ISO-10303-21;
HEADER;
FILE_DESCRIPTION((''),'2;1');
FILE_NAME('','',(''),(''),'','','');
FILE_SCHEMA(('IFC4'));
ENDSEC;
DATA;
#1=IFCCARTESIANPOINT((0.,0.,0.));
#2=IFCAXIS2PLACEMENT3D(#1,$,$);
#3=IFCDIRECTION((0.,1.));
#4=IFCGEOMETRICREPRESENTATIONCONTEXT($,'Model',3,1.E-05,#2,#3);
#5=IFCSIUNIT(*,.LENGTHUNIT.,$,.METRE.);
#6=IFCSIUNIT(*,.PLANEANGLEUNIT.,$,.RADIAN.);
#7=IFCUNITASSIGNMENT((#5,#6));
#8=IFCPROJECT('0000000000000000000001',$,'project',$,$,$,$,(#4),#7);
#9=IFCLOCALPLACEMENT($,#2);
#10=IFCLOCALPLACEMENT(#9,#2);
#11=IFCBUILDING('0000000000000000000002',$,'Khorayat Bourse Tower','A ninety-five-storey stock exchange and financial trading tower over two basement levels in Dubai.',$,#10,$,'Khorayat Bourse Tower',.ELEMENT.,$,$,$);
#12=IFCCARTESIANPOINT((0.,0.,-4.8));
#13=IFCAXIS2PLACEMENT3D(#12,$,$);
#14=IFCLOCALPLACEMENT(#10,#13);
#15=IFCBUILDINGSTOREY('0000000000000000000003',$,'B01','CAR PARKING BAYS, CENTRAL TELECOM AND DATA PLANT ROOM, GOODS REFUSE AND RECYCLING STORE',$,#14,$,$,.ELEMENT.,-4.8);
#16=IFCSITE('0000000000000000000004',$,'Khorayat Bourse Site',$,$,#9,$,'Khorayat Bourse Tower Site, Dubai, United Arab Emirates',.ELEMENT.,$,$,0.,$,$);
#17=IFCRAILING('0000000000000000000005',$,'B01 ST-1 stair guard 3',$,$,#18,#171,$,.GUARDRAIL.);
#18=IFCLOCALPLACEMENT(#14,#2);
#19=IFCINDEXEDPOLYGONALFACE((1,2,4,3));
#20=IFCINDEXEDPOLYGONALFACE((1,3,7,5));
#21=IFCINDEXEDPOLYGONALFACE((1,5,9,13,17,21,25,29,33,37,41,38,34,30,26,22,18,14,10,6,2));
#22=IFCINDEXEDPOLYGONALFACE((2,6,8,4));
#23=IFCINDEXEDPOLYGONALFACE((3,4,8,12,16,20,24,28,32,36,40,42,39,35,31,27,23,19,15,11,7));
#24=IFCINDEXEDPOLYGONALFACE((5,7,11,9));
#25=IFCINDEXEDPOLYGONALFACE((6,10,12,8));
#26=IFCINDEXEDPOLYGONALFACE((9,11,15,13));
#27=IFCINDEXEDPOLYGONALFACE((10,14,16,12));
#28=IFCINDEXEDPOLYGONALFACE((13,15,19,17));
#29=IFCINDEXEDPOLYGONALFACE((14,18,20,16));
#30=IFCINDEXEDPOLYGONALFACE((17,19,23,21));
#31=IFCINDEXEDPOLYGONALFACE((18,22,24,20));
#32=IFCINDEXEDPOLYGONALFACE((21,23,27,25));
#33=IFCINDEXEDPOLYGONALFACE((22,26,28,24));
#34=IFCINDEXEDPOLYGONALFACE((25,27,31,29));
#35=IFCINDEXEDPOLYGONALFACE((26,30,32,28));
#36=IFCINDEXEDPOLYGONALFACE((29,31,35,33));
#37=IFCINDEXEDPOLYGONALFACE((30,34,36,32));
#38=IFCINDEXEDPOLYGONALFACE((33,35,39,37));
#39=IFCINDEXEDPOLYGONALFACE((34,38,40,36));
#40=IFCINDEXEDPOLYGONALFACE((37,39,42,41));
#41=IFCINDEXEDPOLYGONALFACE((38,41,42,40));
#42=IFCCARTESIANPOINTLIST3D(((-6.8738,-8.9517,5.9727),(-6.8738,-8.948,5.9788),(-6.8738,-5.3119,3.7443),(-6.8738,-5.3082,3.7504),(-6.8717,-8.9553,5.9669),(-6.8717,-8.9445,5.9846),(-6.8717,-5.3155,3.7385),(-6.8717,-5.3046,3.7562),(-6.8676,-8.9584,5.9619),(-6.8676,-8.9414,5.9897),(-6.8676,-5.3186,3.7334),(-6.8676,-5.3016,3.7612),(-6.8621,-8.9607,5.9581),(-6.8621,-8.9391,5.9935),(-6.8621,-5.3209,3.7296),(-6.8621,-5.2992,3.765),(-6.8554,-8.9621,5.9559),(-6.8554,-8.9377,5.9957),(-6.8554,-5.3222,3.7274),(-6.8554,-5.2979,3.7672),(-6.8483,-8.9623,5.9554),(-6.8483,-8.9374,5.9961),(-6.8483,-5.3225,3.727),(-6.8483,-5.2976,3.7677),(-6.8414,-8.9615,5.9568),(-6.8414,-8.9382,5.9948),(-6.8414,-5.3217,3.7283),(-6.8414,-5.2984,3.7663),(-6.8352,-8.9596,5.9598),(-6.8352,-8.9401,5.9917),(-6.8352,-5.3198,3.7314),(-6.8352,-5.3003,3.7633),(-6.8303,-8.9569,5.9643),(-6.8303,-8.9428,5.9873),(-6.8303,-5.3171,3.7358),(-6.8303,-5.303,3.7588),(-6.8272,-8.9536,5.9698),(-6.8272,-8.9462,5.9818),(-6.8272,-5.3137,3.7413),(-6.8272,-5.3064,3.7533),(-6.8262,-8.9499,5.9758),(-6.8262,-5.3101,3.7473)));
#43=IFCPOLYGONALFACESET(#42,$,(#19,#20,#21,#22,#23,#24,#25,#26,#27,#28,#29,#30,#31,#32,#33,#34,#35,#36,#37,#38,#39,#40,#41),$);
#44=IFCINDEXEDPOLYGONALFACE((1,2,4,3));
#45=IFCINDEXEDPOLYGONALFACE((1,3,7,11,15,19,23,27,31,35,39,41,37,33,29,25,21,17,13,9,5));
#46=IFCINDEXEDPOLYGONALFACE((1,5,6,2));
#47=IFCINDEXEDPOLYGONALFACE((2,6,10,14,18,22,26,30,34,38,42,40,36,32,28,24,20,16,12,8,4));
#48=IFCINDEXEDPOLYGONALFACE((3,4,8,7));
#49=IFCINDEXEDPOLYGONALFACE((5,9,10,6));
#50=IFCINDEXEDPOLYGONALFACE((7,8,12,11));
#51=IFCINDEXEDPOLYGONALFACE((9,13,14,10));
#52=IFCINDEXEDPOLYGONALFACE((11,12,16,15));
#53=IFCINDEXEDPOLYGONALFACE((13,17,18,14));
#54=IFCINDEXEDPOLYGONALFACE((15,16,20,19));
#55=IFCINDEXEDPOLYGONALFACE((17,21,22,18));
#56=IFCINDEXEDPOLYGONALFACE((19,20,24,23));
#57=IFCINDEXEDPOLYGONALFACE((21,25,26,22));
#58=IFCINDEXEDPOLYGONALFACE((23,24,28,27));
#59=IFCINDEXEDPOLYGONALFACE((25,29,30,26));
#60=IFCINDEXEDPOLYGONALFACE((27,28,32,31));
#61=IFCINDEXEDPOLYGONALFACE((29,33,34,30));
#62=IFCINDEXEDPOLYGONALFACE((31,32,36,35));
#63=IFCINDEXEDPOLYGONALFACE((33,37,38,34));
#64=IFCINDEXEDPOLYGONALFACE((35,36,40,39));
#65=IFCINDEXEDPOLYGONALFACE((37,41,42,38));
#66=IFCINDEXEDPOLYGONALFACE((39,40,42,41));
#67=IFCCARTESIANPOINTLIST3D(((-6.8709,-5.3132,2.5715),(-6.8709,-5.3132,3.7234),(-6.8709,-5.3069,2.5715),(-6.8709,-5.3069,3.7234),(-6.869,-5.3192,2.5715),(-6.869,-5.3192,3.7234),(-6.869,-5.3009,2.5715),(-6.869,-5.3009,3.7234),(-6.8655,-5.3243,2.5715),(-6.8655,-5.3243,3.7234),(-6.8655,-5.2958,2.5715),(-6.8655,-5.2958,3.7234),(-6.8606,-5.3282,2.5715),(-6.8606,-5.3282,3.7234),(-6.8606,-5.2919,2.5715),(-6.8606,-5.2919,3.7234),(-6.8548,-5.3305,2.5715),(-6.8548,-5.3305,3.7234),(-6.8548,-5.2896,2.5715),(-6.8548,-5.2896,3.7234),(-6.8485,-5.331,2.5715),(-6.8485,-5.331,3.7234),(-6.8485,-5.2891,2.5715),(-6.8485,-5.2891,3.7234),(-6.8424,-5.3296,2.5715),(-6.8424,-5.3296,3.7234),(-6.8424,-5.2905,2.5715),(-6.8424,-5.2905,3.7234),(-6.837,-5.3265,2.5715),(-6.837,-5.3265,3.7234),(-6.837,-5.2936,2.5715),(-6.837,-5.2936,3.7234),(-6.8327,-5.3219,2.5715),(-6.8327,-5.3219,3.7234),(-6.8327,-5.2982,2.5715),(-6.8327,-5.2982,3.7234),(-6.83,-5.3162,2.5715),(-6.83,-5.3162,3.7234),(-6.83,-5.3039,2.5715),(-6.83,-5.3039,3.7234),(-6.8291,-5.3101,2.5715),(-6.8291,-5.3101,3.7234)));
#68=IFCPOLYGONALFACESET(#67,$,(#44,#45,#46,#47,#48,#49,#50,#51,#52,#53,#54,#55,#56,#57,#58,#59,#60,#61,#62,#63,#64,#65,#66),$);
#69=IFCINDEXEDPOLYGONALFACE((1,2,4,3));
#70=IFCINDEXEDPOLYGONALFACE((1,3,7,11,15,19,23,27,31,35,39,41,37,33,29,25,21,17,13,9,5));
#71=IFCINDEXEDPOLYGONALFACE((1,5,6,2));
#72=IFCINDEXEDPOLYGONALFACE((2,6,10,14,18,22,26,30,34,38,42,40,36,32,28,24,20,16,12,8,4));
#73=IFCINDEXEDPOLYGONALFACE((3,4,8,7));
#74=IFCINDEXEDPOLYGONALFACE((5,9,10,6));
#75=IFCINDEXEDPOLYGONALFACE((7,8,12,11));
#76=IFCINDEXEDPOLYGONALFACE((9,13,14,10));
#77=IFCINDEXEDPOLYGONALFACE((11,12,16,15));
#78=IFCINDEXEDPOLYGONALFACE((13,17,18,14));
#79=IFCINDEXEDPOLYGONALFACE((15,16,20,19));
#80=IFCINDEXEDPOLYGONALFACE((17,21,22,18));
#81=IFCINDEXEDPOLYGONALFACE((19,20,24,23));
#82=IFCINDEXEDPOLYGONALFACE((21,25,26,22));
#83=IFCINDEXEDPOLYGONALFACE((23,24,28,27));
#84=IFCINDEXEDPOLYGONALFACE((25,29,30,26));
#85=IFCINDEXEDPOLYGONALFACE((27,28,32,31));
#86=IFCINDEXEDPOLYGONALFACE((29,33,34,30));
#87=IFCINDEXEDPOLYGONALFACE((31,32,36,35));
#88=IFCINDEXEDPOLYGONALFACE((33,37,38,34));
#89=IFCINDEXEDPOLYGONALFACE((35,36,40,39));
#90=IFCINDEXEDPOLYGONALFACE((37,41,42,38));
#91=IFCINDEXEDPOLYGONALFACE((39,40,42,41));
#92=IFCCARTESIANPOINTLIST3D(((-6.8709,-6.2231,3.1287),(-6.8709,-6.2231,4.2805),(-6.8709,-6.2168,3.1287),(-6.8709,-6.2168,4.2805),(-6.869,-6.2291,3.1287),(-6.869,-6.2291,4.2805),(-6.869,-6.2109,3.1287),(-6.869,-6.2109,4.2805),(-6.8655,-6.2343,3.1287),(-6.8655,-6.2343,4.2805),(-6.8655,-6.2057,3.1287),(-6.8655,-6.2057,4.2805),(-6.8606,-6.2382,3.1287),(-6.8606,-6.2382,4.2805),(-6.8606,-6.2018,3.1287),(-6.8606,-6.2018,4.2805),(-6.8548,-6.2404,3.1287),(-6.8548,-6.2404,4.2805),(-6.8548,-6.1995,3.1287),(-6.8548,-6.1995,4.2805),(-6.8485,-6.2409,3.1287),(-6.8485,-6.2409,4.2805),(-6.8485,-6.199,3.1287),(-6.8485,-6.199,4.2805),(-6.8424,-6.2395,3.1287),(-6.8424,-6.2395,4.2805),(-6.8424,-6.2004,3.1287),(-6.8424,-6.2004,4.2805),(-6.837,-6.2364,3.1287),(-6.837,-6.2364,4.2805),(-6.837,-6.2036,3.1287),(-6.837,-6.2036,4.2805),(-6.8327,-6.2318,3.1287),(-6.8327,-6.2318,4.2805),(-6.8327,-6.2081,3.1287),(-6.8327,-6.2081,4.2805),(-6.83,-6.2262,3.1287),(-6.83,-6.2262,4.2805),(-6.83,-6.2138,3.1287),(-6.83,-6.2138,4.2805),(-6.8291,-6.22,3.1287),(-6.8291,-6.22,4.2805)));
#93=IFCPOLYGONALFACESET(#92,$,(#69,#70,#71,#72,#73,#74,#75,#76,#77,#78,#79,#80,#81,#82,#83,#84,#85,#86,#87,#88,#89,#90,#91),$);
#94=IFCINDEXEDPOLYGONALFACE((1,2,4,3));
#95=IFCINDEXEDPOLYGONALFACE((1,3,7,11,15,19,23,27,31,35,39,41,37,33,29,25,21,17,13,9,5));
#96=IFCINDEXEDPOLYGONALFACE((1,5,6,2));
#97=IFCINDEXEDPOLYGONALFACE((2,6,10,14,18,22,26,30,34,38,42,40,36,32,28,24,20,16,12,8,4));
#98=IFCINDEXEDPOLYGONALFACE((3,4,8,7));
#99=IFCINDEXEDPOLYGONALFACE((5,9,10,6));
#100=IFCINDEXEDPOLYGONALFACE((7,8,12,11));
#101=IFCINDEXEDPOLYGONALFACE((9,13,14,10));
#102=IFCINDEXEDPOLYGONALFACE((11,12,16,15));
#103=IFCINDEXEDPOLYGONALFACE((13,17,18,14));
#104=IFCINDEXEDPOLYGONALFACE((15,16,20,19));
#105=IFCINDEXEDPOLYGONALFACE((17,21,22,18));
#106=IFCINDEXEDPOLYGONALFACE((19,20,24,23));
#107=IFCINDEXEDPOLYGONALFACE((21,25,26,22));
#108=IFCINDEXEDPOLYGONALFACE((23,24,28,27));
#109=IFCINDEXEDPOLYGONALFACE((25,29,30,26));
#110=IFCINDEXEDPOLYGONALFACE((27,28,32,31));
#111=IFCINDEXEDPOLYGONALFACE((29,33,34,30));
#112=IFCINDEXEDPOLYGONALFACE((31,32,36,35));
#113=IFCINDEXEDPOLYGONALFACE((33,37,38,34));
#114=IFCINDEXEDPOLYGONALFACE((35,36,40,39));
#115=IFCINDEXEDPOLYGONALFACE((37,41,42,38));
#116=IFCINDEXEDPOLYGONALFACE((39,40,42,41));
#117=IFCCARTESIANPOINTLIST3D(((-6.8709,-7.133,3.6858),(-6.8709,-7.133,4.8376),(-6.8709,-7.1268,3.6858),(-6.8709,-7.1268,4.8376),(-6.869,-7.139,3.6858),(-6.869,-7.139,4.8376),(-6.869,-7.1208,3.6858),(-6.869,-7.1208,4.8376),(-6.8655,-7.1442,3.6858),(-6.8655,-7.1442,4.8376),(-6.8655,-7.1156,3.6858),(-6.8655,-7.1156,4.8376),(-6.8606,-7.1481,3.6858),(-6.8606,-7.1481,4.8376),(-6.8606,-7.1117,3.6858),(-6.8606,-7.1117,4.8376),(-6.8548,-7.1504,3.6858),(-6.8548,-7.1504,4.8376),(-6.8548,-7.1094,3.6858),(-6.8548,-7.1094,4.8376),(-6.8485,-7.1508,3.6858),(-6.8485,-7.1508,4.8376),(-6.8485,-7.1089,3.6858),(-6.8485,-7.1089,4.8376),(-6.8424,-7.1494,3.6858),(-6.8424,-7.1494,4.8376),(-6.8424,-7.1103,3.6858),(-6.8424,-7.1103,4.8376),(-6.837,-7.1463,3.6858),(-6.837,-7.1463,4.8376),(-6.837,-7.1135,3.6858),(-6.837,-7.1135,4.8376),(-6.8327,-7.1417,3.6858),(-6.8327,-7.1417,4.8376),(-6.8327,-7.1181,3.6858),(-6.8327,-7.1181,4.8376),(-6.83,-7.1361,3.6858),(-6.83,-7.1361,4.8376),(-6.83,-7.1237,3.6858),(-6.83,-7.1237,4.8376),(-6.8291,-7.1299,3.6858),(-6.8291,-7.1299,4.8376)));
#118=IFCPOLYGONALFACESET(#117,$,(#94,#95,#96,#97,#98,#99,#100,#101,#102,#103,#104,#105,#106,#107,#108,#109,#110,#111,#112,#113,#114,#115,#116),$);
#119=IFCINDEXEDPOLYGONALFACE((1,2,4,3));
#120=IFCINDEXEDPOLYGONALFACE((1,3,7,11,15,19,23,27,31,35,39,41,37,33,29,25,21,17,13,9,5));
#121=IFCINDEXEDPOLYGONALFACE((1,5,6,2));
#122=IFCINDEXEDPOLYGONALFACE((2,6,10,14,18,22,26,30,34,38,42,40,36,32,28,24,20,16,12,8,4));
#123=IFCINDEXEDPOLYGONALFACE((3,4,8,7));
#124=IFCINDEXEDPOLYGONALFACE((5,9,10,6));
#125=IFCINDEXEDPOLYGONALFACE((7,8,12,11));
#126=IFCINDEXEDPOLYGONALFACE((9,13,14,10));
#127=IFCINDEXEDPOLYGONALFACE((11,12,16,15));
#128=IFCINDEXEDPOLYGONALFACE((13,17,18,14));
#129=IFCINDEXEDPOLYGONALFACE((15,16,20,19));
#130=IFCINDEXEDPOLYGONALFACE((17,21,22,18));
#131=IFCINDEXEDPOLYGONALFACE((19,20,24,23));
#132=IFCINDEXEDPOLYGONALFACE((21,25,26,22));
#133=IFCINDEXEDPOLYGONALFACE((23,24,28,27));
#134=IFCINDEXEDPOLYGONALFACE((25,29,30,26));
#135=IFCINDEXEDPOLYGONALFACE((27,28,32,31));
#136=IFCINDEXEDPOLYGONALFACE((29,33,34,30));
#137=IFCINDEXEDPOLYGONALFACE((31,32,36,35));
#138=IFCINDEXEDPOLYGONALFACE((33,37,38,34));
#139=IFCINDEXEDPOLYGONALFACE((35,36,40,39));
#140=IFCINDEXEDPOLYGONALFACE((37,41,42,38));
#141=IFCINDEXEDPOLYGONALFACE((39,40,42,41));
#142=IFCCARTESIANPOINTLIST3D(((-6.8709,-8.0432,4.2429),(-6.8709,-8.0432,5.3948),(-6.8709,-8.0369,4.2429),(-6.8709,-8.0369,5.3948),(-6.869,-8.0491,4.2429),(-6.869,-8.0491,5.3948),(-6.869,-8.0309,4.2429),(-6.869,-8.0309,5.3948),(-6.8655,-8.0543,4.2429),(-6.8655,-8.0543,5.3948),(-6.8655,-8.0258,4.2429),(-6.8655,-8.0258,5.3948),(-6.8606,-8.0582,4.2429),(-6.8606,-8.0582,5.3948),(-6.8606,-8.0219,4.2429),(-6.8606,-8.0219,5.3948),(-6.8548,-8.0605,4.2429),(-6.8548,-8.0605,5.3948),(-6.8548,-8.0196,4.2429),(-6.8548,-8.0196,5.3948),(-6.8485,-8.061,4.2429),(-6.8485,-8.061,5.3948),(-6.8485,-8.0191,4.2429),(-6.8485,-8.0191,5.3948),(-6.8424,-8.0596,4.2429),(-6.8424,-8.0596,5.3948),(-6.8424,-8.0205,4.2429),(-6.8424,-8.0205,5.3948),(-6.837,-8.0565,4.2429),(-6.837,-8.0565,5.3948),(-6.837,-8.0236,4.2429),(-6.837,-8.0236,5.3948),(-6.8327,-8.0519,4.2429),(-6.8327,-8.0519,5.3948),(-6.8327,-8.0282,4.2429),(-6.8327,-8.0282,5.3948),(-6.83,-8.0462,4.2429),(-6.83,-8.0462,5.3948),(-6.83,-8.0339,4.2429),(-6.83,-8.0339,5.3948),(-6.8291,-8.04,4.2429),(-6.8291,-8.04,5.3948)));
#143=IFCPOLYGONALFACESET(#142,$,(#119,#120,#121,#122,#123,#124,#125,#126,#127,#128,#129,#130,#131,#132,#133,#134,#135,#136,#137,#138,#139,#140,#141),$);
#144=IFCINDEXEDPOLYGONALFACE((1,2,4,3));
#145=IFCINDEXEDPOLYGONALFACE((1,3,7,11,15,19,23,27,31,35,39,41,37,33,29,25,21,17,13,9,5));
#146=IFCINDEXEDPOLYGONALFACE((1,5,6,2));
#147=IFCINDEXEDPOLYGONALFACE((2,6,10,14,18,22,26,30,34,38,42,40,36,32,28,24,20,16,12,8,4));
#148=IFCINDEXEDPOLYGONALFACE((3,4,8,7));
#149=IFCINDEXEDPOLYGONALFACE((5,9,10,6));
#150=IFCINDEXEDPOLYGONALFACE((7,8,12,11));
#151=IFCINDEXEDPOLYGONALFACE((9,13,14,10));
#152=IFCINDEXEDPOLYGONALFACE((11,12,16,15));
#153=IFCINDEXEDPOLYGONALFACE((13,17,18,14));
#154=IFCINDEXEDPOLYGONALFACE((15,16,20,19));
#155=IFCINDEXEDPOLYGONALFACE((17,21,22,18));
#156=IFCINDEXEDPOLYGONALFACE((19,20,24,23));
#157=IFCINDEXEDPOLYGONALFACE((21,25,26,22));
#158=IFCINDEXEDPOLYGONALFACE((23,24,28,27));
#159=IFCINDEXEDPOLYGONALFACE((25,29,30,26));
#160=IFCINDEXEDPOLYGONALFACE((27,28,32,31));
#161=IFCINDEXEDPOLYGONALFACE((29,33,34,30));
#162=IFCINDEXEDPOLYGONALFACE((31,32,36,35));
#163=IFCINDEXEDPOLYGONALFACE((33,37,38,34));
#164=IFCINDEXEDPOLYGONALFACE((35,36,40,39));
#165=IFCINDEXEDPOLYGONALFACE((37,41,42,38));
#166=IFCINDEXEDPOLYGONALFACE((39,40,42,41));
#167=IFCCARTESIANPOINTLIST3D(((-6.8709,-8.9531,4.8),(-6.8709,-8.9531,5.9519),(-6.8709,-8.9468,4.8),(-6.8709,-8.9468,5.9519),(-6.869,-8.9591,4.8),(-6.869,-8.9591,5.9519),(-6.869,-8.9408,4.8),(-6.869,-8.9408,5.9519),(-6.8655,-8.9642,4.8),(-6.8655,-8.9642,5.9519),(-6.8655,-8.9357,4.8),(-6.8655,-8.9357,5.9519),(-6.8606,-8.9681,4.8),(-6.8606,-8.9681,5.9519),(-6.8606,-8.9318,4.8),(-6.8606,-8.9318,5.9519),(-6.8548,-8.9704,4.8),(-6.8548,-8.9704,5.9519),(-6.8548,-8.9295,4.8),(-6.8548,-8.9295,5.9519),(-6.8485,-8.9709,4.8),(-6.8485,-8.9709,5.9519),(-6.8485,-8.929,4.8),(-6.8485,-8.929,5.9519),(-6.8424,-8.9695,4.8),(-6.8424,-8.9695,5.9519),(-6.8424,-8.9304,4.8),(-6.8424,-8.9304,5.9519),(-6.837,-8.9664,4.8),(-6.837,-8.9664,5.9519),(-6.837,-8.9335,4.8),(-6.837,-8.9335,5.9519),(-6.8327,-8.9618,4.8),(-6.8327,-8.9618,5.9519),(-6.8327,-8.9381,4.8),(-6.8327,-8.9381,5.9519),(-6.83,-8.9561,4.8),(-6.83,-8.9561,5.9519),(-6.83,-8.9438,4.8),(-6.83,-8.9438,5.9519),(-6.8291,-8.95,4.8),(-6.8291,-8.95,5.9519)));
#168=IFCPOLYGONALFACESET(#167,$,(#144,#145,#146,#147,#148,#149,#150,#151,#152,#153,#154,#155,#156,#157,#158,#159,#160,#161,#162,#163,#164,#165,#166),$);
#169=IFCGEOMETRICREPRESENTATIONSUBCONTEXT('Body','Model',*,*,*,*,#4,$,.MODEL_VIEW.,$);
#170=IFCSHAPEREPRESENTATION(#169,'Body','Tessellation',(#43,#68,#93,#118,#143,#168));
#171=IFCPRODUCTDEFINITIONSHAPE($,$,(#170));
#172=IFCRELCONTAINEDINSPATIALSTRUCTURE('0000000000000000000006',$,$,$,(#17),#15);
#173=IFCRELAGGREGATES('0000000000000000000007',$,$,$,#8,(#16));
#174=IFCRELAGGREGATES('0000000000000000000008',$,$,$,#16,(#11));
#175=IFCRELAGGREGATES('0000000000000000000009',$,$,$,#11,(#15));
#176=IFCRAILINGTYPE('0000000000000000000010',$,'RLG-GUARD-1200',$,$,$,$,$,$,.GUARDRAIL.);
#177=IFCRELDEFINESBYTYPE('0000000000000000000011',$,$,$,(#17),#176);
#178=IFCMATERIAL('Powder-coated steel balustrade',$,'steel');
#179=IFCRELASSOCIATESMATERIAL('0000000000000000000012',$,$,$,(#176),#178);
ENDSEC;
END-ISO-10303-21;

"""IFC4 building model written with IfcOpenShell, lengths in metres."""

from ifc_helpers import new_model, si_unit, direction, frame, origin, origin_2d, place, context, subcontext, project, spatial, circle, extrude, source, transform, mapped, material, type_object, element, save


model = new_model("IFC4")

# Units and contexts
model_context = context("Model", 3, precision=1e-05, world=origin(), true_north=direction((0.0, 1.0)))
body_context = subcontext(model_context, "Body", "Model", "MODEL_VIEW")
ifc_project = project(units=[si_unit("LENGTHUNIT", "METRE"), si_unit("PLANEANGLEUNIT", "RADIAN")], contexts=[model_context])

# Site, building, storey
site_placement = place(None, origin())
site = spatial("IfcSite", under=ifc_project, at=site_placement, Name="Khorayat Bourse Site", LongName="Khorayat Bourse Tower Site, Dubai, United Arab Emirates", CompositionType="ELEMENT", RefElevation=0.0)
building_placement = place(site_placement, origin())
building = spatial("IfcBuilding", under=site, at=building_placement, Name="Khorayat Bourse Tower", Description="A ninety-five-storey stock exchange and financial trading tower over two basement levels in Dubai.", LongName="Khorayat Bourse Tower", CompositionType="ELEMENT")
storey_placement = place(building_placement, frame((0.0, 0.0, -4.8)))
storey = spatial("IfcBuildingStorey", under=building, at=storey_placement, Name="B01", Description="CAR PARKING BAYS, CENTRAL TELECOM AND DATA PLANT ROOM, GOODS REFUSE AND RECYCLING STORE", CompositionType="ELEMENT", Elevation=-4.8)

# Railing
ifc_material_1 = material(Name="Powder-coated steel balustrade", Category="steel")
railing_type_1 = type_object("IfcRailingType", Name="RLG-GUARD-1200", PredefinedType="GUARDRAIL", material=ifc_material_1)
shared_shape_1 = source(origin(), body_context, "Body", "SweptSolid", [
    extrude(circle(Radius=0.0239, at=origin_2d()), frame((0.0, 0.0, 1.1758), z_axis=(0.0, -0.85285, 0.522156), x_axis=(1.0, 0.0, 0.0)), (0.0, 0.0, 1.0), 4.2678),
    extrude(circle(Radius=0.021, at=origin_2d()), origin(), (0.0, 0.0, 1.0), 1.1519),
    extrude(circle(Radius=0.021, at=origin_2d()), frame((0.0, -0.9099, 0.5571)), (0.0, 0.0, 1.0), 1.1519),
    extrude(circle(Radius=0.021, at=origin_2d()), frame((0.0, -1.8198, 1.1143)), (0.0, 0.0, 1.0), 1.1519),
    extrude(circle(Radius=0.021, at=origin_2d()), frame((0.0, -2.73, 1.6714)), (0.0, 0.0, 1.0), 1.1519),
    extrude(circle(Radius=0.021, at=origin_2d()), frame((0.0, -3.6399, 2.2285)), (0.0, 0.0, 1.0), 1.1519),
])
for number, where, name in (
    (1, (-6.8501, -5.3101, 2.5715), "B01 ST-1 stair guard 3"),
):
    element("IfcRailing", number, at=place(storey_placement, frame(where)), inside=storey, type_object=railing_type_1, Name=name, PredefinedType="GUARDRAIL", context=body_context, shape_type="MappedRepresentation", body=[
        mapped(shared_shape_1, transform((0.0, 0.0, 0.0), scale=1.0)),
    ])

save(model, "model.ifc")
